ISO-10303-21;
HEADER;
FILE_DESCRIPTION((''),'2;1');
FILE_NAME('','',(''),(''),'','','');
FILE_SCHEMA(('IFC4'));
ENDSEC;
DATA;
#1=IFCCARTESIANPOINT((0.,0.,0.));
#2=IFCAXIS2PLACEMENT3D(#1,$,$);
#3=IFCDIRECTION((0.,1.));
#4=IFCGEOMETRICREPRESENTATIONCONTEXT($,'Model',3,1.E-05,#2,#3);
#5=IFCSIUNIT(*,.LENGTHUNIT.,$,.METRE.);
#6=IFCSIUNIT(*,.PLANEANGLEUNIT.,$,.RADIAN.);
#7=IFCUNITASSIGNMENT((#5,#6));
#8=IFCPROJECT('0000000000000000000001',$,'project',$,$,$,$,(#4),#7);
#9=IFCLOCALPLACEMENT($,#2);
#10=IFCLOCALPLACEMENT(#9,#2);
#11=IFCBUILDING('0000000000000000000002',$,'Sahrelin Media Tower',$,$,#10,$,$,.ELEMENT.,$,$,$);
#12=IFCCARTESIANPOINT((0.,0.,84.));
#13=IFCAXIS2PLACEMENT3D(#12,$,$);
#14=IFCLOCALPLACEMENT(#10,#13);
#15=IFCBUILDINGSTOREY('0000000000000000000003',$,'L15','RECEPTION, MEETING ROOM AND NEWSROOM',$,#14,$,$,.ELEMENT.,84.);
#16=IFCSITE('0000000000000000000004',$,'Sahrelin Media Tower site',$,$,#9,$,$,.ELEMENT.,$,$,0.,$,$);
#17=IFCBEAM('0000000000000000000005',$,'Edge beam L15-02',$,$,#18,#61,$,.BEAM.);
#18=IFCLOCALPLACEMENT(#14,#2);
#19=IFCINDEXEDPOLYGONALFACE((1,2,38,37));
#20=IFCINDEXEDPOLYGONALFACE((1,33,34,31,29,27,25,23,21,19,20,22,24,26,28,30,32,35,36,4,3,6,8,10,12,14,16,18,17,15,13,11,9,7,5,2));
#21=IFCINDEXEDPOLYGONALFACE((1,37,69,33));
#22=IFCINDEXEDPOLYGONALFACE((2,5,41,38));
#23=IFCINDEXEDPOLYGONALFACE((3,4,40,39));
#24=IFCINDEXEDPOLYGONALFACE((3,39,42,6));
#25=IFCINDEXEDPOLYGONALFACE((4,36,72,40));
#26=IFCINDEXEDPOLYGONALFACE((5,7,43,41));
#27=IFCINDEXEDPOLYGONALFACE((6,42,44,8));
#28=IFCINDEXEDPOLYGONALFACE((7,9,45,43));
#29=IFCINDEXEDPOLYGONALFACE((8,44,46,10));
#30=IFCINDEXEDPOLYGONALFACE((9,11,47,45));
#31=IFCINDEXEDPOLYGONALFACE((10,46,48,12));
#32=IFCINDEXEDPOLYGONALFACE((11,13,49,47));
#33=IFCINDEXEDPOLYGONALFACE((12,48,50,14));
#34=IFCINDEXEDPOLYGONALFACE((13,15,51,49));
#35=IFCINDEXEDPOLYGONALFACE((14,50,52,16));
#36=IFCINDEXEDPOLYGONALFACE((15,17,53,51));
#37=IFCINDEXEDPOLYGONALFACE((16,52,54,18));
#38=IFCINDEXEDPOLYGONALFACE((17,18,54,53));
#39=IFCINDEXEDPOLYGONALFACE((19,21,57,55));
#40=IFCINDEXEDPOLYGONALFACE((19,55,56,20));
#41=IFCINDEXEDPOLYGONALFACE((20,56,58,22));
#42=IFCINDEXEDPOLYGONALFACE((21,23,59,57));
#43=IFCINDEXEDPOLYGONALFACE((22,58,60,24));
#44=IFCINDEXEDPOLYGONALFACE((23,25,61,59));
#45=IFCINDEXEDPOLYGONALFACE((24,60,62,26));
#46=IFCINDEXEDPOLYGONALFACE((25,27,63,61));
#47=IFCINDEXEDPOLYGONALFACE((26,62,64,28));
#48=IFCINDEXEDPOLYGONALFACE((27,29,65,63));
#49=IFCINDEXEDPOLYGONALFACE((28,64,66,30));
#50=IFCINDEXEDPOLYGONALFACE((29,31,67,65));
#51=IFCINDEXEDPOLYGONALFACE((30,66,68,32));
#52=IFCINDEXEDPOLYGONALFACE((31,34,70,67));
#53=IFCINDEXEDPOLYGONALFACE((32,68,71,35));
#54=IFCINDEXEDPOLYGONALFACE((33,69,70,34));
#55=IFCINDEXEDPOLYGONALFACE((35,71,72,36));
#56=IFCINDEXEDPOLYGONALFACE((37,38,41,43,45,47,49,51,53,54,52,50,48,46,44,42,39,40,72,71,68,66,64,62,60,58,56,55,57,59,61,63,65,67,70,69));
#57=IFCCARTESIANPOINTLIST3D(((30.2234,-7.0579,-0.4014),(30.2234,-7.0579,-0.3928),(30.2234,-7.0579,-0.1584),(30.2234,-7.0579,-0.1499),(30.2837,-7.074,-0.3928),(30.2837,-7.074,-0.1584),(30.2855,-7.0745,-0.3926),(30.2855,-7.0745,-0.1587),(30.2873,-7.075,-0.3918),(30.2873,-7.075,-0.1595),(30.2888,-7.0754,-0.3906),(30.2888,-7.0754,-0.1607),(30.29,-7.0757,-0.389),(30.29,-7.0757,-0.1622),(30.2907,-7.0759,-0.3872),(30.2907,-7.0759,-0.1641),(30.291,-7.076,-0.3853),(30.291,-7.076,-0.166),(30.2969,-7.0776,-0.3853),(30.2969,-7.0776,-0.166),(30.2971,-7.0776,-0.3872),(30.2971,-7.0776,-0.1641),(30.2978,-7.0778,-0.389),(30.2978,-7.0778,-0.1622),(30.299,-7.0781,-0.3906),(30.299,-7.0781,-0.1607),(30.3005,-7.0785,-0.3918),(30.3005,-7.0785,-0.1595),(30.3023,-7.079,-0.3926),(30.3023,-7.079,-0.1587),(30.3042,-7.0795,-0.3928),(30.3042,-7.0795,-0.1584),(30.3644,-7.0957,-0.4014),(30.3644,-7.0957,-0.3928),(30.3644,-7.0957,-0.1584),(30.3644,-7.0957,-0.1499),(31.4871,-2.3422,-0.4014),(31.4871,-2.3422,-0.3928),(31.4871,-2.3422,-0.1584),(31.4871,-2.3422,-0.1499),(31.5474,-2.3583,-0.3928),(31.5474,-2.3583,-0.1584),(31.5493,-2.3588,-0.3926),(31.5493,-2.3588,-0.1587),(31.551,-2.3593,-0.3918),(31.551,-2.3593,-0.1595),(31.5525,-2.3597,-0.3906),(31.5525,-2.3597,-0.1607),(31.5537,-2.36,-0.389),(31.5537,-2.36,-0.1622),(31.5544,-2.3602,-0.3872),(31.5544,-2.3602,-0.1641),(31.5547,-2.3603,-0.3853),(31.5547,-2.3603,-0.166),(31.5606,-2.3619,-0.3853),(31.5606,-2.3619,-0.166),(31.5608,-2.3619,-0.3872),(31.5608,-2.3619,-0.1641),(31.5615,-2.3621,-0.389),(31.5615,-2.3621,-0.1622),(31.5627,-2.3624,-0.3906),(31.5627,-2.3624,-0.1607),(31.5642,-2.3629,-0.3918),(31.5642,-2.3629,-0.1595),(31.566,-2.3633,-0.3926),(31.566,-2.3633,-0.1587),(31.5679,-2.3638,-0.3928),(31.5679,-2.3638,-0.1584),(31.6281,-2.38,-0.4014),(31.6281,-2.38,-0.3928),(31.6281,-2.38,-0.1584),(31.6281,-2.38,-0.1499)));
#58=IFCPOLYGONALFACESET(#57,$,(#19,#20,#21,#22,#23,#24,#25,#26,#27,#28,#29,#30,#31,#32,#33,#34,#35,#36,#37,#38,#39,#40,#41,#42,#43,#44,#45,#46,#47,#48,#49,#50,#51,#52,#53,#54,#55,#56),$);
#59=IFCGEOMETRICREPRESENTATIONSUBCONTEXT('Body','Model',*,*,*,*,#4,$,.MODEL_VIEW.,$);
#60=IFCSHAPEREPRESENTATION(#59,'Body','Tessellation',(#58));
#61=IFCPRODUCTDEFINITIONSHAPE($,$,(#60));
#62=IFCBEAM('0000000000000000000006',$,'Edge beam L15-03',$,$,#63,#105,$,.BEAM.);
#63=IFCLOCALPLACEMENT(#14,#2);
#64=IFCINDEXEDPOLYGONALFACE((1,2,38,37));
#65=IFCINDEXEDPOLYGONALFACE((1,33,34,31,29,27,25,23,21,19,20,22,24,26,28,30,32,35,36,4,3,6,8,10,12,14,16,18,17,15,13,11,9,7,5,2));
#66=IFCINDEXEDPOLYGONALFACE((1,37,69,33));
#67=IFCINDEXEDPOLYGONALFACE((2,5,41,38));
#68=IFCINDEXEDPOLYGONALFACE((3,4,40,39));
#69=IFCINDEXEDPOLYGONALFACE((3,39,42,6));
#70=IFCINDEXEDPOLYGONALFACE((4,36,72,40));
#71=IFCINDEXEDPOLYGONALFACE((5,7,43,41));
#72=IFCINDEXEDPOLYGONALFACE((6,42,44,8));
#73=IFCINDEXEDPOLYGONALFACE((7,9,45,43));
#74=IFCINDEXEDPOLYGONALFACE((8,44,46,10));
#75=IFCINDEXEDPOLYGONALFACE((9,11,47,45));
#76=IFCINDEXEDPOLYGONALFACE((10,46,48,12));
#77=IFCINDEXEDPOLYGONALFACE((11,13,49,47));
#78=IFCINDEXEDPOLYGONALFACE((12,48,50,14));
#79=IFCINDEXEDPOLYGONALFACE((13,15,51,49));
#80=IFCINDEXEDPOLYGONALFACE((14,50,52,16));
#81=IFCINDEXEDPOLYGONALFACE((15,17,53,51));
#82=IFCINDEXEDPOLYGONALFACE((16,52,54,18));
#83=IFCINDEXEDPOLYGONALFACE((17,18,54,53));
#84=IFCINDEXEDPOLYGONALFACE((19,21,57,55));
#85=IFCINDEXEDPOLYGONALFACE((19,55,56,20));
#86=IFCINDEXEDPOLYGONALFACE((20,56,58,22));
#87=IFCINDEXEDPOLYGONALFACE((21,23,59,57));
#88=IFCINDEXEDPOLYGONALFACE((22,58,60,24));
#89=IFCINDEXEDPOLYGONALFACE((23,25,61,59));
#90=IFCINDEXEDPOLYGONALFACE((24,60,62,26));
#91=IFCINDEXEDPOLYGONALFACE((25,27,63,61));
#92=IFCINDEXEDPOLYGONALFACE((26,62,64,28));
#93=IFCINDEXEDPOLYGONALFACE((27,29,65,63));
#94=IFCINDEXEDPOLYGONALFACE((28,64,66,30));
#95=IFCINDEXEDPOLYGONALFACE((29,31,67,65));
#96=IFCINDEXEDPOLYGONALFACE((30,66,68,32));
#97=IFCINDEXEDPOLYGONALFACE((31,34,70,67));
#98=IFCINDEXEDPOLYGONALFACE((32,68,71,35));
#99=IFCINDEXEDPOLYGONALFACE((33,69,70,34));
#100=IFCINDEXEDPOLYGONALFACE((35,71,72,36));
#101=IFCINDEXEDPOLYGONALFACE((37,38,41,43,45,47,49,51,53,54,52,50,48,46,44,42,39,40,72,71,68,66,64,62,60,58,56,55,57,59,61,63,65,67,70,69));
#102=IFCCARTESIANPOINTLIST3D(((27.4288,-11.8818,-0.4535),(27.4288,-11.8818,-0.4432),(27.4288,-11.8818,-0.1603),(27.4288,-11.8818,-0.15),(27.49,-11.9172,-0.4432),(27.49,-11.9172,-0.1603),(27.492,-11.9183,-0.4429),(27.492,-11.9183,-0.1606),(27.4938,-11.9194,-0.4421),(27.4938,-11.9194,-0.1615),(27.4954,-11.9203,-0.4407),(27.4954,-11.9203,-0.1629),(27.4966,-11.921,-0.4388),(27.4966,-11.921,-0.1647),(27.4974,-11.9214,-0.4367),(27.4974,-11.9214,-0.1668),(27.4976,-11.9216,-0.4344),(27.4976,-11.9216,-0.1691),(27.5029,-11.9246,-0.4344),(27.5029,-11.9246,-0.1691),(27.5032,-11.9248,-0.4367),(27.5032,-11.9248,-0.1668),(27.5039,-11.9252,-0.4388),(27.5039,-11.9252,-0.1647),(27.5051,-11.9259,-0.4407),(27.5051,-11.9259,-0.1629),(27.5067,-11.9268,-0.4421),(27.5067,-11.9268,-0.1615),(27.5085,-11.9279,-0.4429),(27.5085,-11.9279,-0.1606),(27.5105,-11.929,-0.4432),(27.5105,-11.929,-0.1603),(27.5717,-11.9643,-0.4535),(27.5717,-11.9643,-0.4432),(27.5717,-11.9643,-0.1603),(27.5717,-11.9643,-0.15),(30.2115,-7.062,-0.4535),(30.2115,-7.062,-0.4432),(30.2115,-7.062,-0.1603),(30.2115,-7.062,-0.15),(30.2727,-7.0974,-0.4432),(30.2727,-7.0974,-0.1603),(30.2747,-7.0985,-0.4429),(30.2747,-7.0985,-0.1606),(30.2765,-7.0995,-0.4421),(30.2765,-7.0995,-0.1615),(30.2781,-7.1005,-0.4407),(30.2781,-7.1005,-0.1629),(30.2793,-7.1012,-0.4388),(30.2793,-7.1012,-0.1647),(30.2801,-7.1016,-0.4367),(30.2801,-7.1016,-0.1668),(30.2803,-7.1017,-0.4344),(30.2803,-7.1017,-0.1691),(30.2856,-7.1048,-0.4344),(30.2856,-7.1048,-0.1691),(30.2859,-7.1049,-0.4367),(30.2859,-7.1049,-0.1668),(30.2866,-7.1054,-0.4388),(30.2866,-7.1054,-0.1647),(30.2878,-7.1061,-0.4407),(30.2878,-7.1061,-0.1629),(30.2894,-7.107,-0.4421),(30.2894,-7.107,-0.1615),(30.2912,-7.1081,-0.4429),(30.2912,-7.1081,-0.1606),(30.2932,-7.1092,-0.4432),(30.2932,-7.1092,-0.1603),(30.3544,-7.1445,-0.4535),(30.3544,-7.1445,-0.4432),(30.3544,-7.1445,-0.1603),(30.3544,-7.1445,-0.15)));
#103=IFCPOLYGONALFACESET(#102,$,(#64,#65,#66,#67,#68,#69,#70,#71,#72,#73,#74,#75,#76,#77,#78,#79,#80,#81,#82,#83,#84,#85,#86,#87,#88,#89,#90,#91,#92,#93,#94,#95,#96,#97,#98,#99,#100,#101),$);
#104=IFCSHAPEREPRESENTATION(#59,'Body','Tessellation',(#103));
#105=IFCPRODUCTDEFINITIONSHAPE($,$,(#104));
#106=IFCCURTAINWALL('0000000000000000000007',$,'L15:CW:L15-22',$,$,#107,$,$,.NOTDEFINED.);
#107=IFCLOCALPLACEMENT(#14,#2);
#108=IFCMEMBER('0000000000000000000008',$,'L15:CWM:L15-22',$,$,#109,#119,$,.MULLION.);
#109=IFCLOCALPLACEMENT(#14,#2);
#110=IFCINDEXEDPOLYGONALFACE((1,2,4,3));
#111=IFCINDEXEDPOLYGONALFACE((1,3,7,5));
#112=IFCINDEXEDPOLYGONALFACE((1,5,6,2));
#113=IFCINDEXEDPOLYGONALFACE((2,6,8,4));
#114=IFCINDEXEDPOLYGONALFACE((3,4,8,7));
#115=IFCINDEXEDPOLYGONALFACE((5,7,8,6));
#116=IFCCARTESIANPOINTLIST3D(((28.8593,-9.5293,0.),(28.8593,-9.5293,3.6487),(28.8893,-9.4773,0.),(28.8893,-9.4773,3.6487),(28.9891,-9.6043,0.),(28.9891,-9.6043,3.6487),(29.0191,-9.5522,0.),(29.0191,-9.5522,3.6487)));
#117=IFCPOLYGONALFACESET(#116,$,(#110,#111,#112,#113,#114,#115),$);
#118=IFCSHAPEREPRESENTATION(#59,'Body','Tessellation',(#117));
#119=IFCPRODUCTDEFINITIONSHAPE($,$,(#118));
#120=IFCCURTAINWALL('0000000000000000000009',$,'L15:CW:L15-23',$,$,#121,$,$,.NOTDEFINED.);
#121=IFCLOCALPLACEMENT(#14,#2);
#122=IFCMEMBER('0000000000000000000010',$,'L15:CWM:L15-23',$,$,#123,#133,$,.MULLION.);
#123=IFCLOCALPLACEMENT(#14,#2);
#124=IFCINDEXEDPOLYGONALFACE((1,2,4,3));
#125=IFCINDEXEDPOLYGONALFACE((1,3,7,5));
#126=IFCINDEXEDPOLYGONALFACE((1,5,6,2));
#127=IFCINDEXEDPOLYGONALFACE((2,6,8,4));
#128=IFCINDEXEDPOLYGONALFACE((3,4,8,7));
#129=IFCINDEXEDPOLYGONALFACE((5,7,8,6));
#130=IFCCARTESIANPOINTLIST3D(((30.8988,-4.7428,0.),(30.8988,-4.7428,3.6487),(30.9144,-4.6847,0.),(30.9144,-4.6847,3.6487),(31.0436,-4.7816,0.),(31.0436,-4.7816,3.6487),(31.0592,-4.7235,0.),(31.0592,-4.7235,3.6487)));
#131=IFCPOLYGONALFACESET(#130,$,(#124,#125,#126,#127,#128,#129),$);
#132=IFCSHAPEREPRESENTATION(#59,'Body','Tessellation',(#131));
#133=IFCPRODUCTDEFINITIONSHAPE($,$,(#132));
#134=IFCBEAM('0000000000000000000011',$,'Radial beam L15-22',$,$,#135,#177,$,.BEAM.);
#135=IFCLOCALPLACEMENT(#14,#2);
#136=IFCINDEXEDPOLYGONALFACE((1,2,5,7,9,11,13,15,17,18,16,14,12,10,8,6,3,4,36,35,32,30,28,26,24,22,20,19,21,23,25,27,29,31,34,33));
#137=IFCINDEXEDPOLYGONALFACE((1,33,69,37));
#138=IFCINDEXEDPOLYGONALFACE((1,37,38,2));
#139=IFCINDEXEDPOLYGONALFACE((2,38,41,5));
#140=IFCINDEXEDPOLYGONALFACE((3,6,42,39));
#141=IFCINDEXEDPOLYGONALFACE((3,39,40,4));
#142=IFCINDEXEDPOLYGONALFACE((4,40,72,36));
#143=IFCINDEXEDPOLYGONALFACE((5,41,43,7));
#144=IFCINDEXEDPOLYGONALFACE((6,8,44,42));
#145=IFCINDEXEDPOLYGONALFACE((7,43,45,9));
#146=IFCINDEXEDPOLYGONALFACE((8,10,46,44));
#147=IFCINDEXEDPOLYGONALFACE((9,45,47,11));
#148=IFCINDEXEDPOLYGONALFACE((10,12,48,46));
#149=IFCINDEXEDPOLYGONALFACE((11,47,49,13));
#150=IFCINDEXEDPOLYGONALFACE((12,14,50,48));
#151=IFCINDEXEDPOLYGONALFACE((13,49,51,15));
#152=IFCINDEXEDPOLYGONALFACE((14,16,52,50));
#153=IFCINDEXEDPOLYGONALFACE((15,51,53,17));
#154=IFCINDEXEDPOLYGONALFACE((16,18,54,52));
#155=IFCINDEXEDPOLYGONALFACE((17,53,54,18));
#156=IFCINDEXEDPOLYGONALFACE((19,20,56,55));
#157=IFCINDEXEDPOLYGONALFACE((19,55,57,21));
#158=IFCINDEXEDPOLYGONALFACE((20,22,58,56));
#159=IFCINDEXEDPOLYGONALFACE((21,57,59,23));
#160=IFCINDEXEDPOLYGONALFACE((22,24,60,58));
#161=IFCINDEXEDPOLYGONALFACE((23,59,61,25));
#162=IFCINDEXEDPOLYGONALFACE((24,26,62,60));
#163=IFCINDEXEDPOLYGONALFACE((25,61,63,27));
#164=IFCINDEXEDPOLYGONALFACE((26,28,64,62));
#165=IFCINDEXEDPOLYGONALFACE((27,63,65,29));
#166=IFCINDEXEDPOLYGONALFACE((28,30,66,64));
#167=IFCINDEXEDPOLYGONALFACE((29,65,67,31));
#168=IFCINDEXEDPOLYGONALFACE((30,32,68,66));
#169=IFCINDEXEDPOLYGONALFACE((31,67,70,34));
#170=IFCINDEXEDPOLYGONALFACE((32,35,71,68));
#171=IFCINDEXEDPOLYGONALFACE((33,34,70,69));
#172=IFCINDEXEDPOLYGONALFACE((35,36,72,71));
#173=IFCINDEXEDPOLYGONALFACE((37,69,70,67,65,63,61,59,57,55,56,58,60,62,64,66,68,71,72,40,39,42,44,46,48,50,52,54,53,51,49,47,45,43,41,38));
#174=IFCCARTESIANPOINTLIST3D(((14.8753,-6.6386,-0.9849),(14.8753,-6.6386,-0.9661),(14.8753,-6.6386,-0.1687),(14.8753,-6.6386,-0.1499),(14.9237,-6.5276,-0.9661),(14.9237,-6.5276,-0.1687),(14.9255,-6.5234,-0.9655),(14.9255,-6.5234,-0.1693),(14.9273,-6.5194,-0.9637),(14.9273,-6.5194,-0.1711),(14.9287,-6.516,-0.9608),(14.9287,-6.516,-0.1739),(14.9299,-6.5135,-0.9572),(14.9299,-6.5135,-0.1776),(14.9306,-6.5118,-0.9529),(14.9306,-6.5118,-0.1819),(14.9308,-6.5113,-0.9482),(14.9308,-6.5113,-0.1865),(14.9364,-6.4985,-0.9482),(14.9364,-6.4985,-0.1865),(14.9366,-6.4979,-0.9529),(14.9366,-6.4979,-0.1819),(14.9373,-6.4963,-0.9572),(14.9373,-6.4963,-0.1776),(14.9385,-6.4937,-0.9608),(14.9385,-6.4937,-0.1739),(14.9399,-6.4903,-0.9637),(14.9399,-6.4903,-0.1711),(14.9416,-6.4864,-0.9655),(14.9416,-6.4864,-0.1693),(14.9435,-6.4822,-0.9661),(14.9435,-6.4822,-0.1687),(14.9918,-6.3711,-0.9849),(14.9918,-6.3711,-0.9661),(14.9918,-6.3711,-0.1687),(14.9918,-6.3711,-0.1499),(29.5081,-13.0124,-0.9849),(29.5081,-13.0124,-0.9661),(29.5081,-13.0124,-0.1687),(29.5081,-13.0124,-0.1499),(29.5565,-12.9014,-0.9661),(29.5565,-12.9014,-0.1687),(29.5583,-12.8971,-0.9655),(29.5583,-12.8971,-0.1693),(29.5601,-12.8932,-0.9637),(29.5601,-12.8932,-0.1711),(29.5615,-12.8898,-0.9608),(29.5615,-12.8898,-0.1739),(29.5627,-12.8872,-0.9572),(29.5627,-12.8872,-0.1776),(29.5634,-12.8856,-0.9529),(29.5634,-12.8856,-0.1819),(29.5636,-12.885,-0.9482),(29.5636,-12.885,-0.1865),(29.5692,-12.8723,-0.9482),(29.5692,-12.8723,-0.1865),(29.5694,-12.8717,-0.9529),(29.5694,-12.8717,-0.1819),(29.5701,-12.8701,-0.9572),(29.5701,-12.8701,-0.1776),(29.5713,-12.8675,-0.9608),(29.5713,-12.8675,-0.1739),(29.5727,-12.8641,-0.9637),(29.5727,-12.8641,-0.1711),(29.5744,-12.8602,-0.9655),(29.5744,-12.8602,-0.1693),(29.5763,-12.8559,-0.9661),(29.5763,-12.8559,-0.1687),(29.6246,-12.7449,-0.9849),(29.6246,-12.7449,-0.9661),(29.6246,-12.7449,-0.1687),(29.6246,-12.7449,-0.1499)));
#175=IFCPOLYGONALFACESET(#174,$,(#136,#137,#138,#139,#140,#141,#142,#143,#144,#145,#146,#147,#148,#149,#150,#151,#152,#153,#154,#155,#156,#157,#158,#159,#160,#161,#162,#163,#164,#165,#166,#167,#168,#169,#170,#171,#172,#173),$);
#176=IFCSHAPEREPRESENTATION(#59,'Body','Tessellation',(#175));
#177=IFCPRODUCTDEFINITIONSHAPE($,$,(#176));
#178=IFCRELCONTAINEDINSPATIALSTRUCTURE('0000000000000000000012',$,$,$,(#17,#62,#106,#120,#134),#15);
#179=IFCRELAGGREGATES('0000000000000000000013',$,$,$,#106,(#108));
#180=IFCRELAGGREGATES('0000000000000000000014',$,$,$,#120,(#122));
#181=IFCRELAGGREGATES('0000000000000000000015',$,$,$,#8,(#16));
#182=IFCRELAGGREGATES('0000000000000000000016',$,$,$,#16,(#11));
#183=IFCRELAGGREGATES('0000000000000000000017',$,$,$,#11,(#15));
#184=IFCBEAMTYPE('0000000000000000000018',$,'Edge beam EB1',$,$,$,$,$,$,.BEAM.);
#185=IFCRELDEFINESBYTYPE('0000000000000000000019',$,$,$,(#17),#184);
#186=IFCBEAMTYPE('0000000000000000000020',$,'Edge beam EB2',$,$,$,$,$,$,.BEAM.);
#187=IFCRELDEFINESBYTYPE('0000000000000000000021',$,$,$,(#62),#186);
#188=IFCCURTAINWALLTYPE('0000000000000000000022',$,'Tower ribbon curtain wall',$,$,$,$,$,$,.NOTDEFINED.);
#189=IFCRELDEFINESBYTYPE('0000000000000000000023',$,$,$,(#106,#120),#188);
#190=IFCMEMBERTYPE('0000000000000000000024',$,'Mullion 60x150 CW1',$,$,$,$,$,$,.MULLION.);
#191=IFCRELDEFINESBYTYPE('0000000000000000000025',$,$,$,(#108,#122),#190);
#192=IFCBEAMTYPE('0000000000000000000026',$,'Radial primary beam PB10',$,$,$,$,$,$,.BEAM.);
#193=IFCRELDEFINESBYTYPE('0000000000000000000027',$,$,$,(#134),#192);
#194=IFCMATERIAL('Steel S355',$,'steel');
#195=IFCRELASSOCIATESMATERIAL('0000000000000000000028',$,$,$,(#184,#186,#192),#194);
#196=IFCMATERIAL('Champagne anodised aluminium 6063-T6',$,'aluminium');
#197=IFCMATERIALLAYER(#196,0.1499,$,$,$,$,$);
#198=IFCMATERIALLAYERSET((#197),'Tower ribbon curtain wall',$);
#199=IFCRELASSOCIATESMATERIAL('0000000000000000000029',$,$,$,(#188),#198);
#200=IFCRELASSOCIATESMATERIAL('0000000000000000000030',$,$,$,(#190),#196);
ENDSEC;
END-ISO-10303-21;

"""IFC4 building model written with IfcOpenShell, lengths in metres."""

from ifc_helpers import new_model, si_unit, direction, frame, origin, origin_2d, place, context, subcontext, project, spatial, rectangle, i_section, extrude, material, layer, layer_set, material_profile, profile_set, type_object, element, aggregate, save


model = new_model("IFC4")

# Units and contexts
model_context = context("Model", 3, precision=1e-05, world=origin(), true_north=direction((0.0, 1.0)))
body_context = subcontext(model_context, "Body", "Model", "MODEL_VIEW")
ifc_project = project(units=[si_unit("LENGTHUNIT", "METRE"), si_unit("PLANEANGLEUNIT", "RADIAN")], contexts=[model_context])

# Site, building, storey
site_placement = place(None, origin())
site = spatial("IfcSite", under=ifc_project, at=site_placement, Name="Sahrelin Media Tower site", CompositionType="ELEMENT", RefElevation=0.0)
building_placement = place(site_placement, origin())
building = spatial("IfcBuilding", under=site, at=building_placement, Name="Sahrelin Media Tower", CompositionType="ELEMENT")
storey_placement = place(building_placement, frame((0.0, 0.0, 84.0)))
storey = spatial("IfcBuildingStorey", under=building, at=storey_placement, Name="L15", Description="RECEPTION, MEETING ROOM AND NEWSROOM", CompositionType="ELEMENT", Elevation=84.0)

# Beams
ifc_material_1 = material(Name="Steel S355", Category="steel")
ifc_material_profile_1 = material_profile(ifc_material_1, i_section(OverallWidth=0.146, OverallDepth=0.2515, WebThickness=0.0061, FlangeThickness=0.0085, FilletRadius=0.0076, at=origin_2d()), Name="UB 254x146x31")
ifc_profile_set_1 = profile_set([ifc_material_profile_1], Name="Steel S355")
beam_type_1 = type_object("IfcBeamType", Name="Edge beam EB1", PredefinedType="BEAM", material=ifc_profile_set_1)
beam_1_placement = place(storey_placement, frame((31.5576, -2.3611, -0.2756), z_axis=(-0.258845, -0.965919, 0.0), x_axis=(0.965919, -0.258845, 0.0)))
element("IfcBeam", 1, at=beam_1_placement, inside=storey, type_object=beam_type_1, Name="Edge beam L15-02", PredefinedType="BEAM", context=body_context, shape_type="SweptSolid", body=[
    extrude(i_section(OverallWidth=0.146, OverallDepth=0.2515, WebThickness=0.0061, FlangeThickness=0.0085, FilletRadius=0.0076, at=origin_2d()), origin(), (0.0, 0.0, 1.0), 4.8821),
])
ifc_material_profile_2 = material_profile(ifc_material_1, i_section(OverallWidth=0.165, OverallDepth=0.3035, WebThickness=0.0061, FlangeThickness=0.0103, FilletRadius=0.0088, at=origin_2d()), Name="UB 305x165x40")
ifc_profile_set_2 = profile_set([ifc_material_profile_2], Name="Steel S355")
beam_type_2 = type_object("IfcBeamType", Name="Edge beam EB2", PredefinedType="BEAM", material=ifc_profile_set_2)
beam_2_placement = place(storey_placement, frame((30.283, -7.1033, -0.3018), z_axis=(-0.499998, -0.866026, 0.0), x_axis=(0.866026, -0.499998, 0.0)))
element("IfcBeam", 2, at=beam_2_placement, inside=storey, type_object=beam_type_2, Name="Edge beam L15-03", PredefinedType="BEAM", context=body_context, shape_type="SweptSolid", body=[
    extrude(i_section(OverallWidth=0.165, OverallDepth=0.3035, WebThickness=0.0061, FlangeThickness=0.0103, FilletRadius=0.0088, at=origin_2d()), origin(), (0.0, 0.0, 1.0), 5.5654),
])

# Curtain walls, members
ifc_material_2 = material(Name="Champagne anodised aluminium 6063-T6", Category="aluminium")
ifc_layer_1 = layer(ifc_material_2, 0.1499)
ifc_layer_set_1 = layer_set([ifc_layer_1], Name="Tower ribbon curtain wall")
curtain_wall_type = type_object("IfcCurtainWallType", Name="Tower ribbon curtain wall", PredefinedType="NOTDEFINED", material=ifc_layer_set_1)
curtain_wall_1_placement = place(storey_placement, frame((29.0215, -9.5884, 0.0), z_axis=(0.0, 0.0, 1.0), x_axis=(1.0, 0.0, 0.0)))
curtain_wall_1 = element("IfcCurtainWall", 3, at=curtain_wall_1_placement, inside=storey, type_object=curtain_wall_type, Name="L15:CW:L15-22", PredefinedType="NOTDEFINED")
ifc_material_profile_3 = material_profile(ifc_material_2, rectangle(XDim=0.0601, YDim=0.1499, at=origin_2d()), Name="Mullion 60x150")
ifc_profile_set_3 = profile_set([ifc_material_profile_3], Name="Champagne anodised aluminium 6063-T6")
member_type_1 = type_object("IfcMemberType", Name="Mullion 60x150 CW1", PredefinedType="MULLION", material=ifc_profile_set_3)
member_1_placement = place(storey_placement, frame((28.9392, -9.5408, 0.0), z_axis=(0.0, 0.0, 1.0), x_axis=(0.499991, 0.866031, 0.0)))
member_1 = element("IfcMember", 4, at=member_1_placement, type_object=member_type_1, Name="L15:CWM:L15-22", PredefinedType="MULLION", context=body_context, shape_type="SweptSolid", body=[
    extrude(rectangle(XDim=0.0601, YDim=0.1499, at=origin_2d()), origin(), (0.0, 0.0, 1.0), 3.6487),
])
aggregate(curtain_wall_1, [member_1])
curtain_wall_2_placement = place(storey_placement, frame((31.0708, -4.7576, 0.0), z_axis=(0.0, 0.0, 1.0), x_axis=(1.0, 0.0, 0.0)))
curtain_wall_2 = element("IfcCurtainWall", 5, at=curtain_wall_2_placement, inside=storey, type_object=curtain_wall_type, Name="L15:CW:L15-23", PredefinedType="NOTDEFINED")
member_2_placement = place(storey_placement, frame((30.979, -4.7332, 0.0), z_axis=(0.0, 0.0, 1.0), x_axis=(0.258817, 0.965926, 0.0)))
member_2 = element("IfcMember", 6, at=member_2_placement, type_object=member_type_1, Name="L15:CWM:L15-23", PredefinedType="MULLION", context=body_context, shape_type="SweptSolid", body=[
    extrude(rectangle(XDim=0.0601, YDim=0.1499, at=origin_2d()), origin(), (0.0, 0.0, 1.0), 3.6487),
])

# Beam
ifc_material_profile_4 = material_profile(ifc_material_1, i_section(OverallWidth=0.2917, OverallDepth=0.835, WebThickness=0.0139, FlangeThickness=0.0188, FilletRadius=0.0178, at=origin_2d()), Name="UB 838x292x176")
ifc_profile_set_4 = profile_set([ifc_material_profile_4], Name="Steel S355")
beam_type_3 = type_object("IfcBeamType", Name="Radial primary beam PB10", PredefinedType="BEAM", material=ifc_profile_set_4)
beam_3_placement = place(storey_placement, frame((14.9336, -6.5049, -0.5674), z_axis=(0.916802, -0.399342, 0.0), x_axis=(0.399342, 0.916802, 0.0)))
element("IfcBeam", 7, at=beam_3_placement, inside=storey, type_object=beam_type_3, Name="Radial beam L15-22", PredefinedType="BEAM", context=body_context, shape_type="SweptSolid", body=[
    extrude(i_section(OverallWidth=0.2917, OverallDepth=0.835, WebThickness=0.0139, FlangeThickness=0.0188, FilletRadius=0.0178, at=origin_2d()), origin(), (0.0, 0.0, 1.0), 15.9607),
])

aggregate(curtain_wall_2, [member_2])

save(model, "model.ifc")
